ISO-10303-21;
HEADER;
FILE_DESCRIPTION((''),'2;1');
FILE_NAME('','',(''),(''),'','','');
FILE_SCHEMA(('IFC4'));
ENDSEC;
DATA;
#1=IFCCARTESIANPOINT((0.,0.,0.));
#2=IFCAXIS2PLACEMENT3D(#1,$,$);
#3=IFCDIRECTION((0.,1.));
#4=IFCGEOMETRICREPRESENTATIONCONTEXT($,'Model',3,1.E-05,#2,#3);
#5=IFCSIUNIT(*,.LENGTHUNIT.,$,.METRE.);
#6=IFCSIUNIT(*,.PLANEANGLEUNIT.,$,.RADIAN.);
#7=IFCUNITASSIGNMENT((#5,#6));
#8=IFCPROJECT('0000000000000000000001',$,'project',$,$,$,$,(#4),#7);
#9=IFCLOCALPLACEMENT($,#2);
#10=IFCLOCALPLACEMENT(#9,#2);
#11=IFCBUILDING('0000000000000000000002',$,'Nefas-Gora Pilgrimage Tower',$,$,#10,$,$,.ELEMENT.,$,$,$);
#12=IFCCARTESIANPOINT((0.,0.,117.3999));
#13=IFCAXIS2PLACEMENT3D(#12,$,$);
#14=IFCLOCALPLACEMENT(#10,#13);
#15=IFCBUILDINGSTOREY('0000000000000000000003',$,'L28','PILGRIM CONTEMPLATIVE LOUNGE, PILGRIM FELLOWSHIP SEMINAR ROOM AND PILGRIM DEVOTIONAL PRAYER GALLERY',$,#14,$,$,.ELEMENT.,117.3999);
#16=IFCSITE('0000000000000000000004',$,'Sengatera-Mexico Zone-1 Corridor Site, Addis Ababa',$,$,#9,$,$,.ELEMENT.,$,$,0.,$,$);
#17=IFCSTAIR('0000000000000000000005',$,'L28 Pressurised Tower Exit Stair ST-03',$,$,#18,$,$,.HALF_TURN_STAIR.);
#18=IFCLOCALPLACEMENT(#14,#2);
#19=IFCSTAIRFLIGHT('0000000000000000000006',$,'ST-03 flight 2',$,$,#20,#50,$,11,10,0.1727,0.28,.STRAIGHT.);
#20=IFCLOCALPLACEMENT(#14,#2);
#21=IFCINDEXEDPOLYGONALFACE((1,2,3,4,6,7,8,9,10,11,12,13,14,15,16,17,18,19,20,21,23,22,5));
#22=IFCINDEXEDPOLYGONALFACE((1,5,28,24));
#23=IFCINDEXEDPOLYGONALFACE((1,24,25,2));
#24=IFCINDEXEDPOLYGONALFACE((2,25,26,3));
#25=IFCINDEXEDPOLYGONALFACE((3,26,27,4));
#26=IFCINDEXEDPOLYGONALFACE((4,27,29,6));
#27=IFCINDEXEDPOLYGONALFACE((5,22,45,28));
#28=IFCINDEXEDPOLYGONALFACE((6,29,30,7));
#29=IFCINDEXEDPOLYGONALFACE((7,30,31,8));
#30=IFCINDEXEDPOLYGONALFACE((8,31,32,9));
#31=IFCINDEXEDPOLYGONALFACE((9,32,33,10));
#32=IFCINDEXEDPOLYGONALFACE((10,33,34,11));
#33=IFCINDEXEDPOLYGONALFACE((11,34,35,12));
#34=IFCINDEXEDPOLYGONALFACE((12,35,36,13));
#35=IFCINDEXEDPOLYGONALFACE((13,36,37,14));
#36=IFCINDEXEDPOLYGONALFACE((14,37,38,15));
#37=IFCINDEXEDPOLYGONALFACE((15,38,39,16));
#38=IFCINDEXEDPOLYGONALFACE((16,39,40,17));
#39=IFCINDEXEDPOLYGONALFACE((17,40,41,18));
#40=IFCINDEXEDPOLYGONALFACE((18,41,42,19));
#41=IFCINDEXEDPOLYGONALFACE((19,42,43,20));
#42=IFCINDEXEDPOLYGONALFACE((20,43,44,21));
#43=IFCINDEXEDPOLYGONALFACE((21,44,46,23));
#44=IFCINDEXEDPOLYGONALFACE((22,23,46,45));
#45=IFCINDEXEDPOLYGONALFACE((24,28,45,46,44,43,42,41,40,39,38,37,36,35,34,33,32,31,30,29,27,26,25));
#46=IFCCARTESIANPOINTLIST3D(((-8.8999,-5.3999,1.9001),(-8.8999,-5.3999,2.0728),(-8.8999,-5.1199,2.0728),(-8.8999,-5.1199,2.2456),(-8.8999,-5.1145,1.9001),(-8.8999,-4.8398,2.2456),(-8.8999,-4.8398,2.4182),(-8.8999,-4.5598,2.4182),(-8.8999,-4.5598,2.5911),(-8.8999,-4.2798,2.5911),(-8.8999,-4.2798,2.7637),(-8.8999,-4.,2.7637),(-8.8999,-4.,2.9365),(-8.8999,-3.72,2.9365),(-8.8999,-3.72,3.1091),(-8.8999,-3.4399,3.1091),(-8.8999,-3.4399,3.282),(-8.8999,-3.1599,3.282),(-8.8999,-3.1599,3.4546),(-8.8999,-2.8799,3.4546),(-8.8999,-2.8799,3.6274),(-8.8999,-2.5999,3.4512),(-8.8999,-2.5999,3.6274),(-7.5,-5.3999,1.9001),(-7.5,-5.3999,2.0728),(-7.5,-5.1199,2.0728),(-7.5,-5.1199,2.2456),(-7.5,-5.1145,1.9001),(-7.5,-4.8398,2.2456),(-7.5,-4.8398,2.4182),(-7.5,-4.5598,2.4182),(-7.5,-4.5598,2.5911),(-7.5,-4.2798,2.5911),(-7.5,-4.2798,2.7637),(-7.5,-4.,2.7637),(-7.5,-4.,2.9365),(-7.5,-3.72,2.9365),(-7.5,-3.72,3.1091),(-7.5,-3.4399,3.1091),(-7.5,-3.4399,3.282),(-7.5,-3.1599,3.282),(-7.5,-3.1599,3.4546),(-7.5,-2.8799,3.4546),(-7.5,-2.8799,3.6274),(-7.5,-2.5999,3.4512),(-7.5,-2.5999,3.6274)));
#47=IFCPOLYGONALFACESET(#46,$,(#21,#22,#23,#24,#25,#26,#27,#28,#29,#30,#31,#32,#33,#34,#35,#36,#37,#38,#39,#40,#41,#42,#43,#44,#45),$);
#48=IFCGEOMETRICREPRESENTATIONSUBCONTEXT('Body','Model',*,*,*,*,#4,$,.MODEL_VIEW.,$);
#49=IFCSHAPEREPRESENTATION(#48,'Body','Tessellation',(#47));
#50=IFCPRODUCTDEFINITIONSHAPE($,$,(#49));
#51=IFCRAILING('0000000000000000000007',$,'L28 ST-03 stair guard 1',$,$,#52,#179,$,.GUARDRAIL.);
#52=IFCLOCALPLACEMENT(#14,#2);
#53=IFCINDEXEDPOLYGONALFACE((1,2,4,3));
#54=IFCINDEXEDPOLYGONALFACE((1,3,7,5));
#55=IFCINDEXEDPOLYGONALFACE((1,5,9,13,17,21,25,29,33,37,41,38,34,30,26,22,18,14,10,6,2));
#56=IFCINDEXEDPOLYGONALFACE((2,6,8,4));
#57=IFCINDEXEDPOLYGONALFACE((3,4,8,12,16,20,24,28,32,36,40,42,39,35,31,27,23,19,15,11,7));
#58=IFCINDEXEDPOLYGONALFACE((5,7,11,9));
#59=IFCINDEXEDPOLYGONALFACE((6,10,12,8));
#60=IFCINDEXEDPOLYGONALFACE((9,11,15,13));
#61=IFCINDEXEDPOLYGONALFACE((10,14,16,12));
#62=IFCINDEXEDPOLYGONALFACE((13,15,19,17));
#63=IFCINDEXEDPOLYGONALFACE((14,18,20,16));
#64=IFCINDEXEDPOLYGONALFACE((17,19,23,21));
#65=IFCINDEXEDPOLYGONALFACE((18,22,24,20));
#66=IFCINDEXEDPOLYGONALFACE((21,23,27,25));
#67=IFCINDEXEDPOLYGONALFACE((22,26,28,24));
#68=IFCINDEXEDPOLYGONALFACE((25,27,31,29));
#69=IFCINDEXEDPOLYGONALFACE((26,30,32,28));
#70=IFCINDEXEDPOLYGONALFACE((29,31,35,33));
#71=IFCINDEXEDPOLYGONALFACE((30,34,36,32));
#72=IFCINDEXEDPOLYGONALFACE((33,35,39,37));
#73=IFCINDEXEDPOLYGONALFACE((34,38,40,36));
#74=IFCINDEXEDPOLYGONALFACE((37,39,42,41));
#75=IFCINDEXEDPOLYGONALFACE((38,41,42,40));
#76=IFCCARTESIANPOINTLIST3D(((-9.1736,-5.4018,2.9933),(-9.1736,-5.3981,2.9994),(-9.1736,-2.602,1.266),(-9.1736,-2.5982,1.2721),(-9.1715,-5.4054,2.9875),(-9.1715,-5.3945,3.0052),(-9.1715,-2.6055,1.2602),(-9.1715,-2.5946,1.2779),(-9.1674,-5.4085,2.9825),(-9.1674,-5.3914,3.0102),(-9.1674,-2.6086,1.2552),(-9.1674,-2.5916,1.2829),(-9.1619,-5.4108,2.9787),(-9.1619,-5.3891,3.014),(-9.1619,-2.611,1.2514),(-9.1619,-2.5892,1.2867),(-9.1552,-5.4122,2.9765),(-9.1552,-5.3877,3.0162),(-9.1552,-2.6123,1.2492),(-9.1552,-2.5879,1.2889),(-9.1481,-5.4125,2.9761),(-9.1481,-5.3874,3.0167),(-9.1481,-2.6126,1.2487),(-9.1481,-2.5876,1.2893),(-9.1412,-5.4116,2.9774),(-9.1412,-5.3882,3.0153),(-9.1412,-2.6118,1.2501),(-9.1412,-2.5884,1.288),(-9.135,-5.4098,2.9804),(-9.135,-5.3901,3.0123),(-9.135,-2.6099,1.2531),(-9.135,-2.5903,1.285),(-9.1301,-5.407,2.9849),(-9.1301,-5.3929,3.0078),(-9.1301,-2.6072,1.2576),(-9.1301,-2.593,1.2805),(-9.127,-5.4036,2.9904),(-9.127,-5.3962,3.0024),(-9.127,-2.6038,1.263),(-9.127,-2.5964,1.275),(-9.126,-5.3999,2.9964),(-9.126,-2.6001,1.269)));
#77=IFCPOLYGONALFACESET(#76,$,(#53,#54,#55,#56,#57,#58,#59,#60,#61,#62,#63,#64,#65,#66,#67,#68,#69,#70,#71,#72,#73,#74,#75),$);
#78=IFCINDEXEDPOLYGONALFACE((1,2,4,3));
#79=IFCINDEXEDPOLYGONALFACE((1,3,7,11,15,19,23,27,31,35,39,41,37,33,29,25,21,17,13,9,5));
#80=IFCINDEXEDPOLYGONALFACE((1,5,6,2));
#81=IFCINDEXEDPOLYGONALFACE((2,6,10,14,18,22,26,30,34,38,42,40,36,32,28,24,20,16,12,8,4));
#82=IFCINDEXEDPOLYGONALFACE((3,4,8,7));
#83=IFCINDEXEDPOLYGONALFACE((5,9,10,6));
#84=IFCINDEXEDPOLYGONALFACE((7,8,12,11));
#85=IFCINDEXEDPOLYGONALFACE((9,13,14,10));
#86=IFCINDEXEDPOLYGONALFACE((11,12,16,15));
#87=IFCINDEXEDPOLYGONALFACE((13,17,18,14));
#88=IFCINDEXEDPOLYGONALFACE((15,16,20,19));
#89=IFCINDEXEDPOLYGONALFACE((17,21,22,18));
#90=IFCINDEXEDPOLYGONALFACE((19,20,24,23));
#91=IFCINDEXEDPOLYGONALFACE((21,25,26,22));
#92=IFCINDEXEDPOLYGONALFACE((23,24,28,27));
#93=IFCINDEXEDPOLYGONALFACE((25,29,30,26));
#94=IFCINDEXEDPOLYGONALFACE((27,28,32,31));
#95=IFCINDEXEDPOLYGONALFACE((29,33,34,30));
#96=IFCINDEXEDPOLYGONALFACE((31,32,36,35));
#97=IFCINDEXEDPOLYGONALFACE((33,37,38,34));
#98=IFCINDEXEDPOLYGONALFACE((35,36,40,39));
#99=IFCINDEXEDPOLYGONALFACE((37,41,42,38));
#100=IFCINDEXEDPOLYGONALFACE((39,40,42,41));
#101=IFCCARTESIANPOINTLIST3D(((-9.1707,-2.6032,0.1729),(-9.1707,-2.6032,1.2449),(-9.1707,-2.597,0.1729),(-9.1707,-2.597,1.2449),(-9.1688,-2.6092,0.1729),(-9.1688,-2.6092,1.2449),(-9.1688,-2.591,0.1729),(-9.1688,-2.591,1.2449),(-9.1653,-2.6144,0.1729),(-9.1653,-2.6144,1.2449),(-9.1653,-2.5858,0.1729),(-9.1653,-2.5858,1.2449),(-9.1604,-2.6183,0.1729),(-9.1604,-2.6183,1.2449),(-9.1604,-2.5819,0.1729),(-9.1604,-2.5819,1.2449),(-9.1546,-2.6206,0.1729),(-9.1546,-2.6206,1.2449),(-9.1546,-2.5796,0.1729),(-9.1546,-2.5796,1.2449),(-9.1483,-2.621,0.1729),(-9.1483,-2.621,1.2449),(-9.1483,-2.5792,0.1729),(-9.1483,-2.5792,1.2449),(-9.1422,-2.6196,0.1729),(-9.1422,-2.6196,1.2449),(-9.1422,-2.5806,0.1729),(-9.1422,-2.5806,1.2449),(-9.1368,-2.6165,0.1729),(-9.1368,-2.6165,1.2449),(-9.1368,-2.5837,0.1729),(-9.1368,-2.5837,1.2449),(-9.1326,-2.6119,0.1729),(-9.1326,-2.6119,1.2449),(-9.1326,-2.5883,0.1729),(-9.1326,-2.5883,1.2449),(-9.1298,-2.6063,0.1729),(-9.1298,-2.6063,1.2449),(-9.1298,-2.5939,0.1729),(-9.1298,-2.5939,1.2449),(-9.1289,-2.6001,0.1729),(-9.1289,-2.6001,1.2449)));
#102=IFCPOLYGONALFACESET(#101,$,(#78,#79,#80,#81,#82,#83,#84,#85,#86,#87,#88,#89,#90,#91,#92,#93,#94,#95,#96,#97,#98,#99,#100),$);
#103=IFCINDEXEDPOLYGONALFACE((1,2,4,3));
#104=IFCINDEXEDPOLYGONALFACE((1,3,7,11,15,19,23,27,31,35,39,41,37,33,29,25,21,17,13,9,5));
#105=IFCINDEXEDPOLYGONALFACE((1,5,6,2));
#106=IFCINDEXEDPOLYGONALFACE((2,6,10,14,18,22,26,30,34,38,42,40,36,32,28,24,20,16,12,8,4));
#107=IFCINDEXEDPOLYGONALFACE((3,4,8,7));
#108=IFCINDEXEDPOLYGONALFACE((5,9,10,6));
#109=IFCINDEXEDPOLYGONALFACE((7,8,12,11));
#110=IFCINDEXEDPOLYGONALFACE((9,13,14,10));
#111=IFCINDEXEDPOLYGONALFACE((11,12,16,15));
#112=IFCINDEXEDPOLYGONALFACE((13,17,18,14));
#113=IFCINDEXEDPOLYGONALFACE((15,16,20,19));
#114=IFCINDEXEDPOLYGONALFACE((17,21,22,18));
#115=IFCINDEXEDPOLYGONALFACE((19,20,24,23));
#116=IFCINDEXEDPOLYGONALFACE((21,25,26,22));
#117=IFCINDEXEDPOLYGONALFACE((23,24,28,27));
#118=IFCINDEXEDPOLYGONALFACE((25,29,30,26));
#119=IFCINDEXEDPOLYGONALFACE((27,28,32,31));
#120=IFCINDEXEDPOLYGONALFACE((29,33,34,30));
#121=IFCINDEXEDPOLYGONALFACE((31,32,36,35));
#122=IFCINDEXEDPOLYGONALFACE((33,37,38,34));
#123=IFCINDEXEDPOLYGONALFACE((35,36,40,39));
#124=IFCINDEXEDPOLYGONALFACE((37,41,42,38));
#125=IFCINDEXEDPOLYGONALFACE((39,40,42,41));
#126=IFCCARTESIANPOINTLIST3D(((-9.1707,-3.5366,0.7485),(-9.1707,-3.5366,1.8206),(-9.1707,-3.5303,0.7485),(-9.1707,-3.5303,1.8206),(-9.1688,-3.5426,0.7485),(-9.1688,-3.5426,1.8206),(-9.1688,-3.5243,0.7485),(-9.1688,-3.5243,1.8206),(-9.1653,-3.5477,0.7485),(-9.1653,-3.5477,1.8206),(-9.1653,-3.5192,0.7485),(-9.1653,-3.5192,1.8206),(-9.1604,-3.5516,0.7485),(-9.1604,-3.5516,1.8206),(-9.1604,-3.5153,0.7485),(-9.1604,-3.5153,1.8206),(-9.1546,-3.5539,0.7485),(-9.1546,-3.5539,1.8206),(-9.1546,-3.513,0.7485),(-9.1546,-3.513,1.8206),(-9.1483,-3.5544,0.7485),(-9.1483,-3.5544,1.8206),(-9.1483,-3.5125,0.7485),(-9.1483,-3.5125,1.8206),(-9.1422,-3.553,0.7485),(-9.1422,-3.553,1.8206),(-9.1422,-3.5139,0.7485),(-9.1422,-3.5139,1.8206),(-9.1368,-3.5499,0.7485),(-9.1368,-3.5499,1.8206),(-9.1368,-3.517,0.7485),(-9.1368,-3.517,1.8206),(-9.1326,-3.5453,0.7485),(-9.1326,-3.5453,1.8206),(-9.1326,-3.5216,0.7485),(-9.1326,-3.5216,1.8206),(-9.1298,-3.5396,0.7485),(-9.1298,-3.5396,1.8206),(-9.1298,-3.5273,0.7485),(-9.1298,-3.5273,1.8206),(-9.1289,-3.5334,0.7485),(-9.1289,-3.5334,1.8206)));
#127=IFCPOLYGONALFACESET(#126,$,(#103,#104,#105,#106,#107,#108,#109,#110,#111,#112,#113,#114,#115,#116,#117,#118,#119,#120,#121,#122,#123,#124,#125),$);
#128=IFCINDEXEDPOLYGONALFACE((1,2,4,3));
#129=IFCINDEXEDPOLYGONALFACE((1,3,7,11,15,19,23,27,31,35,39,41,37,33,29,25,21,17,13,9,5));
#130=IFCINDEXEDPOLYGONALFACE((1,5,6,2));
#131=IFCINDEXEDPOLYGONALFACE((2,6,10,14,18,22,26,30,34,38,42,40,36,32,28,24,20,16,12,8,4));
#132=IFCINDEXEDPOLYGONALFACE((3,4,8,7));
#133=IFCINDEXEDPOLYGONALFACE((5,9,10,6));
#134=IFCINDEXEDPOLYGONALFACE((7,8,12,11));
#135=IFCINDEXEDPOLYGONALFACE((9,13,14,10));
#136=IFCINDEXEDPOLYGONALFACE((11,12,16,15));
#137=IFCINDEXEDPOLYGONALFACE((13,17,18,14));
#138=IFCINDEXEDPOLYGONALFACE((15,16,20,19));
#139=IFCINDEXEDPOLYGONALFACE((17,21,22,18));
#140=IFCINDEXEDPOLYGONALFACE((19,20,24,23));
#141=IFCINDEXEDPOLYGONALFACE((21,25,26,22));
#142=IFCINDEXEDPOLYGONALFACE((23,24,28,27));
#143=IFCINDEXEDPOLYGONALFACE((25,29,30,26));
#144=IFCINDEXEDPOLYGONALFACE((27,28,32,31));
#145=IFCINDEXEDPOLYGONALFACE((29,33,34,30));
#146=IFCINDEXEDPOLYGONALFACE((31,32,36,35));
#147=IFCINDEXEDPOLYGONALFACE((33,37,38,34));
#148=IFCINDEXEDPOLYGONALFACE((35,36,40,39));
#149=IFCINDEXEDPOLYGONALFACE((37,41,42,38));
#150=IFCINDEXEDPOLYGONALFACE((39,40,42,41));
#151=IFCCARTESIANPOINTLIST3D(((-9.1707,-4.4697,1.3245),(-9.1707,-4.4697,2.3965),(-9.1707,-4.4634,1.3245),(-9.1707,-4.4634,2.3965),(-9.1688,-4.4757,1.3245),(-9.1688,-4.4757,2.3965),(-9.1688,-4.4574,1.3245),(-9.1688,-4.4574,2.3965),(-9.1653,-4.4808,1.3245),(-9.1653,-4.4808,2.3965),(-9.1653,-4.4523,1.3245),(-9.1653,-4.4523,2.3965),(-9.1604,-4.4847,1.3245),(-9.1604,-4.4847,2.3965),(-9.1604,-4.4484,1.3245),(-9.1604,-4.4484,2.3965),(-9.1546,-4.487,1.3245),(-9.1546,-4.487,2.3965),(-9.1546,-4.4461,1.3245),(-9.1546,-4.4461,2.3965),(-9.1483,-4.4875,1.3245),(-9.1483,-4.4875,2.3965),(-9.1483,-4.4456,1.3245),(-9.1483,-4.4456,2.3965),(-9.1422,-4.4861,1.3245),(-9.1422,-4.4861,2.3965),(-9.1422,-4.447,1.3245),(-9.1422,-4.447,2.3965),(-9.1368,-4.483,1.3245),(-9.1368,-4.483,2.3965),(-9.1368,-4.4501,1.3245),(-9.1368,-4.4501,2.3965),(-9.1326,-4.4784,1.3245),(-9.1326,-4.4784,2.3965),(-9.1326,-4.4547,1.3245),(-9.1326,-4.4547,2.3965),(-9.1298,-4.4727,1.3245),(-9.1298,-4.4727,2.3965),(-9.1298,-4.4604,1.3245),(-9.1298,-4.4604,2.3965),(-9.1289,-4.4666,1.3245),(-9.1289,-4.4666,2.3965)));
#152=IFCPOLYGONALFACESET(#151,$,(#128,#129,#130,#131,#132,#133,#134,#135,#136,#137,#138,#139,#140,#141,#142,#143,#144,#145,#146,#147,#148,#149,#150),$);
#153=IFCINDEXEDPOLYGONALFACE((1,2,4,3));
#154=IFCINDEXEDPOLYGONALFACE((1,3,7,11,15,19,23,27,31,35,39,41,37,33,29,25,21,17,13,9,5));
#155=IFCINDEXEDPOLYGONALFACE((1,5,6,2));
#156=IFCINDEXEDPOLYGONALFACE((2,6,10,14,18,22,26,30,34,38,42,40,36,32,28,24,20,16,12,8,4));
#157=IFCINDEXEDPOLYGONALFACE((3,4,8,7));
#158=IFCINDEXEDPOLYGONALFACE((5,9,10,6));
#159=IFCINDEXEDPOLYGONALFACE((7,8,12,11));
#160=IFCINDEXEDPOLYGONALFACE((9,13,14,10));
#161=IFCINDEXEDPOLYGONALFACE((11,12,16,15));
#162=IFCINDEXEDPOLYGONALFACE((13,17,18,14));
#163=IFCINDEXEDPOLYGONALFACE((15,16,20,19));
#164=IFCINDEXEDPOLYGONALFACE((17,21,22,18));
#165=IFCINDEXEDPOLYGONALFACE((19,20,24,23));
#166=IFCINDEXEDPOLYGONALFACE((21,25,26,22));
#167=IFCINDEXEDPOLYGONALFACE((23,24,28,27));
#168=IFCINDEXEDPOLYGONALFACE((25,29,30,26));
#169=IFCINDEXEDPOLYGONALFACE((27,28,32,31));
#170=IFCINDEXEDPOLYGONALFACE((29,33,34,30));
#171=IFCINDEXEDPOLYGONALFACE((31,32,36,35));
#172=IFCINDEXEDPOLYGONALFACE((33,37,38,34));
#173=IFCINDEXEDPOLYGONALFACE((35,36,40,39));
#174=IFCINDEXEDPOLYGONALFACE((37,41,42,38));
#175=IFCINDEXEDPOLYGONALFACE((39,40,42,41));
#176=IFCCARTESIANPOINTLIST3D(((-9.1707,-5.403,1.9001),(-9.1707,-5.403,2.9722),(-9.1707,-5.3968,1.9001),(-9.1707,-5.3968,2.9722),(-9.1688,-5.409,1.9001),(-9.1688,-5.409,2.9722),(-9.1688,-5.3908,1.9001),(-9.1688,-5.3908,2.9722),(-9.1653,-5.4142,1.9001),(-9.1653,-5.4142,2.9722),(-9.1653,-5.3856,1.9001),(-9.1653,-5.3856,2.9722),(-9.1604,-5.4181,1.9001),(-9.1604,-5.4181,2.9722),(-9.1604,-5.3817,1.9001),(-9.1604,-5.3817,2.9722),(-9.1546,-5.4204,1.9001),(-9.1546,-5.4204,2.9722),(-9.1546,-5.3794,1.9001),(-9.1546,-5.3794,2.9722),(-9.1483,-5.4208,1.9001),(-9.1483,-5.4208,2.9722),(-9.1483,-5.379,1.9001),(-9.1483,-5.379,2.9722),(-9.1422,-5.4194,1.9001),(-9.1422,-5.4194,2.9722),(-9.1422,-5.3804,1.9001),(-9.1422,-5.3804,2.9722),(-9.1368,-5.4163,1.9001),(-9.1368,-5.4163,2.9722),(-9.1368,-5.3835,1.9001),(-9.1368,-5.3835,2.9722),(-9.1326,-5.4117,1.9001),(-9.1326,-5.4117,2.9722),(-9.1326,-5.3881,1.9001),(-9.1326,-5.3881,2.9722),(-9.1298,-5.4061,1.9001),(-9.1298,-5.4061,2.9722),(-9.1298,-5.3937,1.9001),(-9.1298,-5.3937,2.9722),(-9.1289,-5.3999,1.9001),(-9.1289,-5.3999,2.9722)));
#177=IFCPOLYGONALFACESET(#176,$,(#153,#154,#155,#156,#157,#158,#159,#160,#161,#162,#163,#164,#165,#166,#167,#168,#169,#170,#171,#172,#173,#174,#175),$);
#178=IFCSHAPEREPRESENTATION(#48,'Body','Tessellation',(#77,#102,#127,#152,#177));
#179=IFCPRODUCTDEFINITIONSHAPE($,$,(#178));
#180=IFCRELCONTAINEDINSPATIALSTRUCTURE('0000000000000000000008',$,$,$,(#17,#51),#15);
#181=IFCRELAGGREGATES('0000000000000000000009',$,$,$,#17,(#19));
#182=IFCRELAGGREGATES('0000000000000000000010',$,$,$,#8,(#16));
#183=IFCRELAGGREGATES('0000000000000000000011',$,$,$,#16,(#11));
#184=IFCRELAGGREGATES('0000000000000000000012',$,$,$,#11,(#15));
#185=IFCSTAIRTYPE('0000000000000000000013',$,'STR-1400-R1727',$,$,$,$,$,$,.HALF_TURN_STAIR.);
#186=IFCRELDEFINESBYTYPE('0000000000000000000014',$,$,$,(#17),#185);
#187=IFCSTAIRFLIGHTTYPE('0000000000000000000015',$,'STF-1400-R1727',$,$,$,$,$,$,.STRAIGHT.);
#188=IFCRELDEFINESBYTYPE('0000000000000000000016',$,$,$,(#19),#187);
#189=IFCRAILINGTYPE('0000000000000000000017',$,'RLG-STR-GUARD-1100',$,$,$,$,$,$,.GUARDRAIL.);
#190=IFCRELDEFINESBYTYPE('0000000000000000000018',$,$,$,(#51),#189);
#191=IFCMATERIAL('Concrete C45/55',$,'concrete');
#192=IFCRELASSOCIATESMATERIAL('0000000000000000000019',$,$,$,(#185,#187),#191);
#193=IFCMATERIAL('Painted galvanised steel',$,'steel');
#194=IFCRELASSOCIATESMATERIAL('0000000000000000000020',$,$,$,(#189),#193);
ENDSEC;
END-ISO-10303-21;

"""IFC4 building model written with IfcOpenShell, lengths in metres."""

from ifc_helpers import new_model, si_unit, direction, frame, origin, origin_2d, place, context, subcontext, project, spatial, polyline, circle, outline, extrude, source, transform, mapped, material, type_object, element, aggregate, save


model = new_model("IFC4")

# Units and contexts
model_context = context("Model", 3, precision=1e-05, world=origin(), true_north=direction((0.0, 1.0)))
body_context = subcontext(model_context, "Body", "Model", "MODEL_VIEW")
ifc_project = project(units=[si_unit("LENGTHUNIT", "METRE"), si_unit("PLANEANGLEUNIT", "RADIAN")], contexts=[model_context])

# Site, building, storey
site_placement = place(None, origin())
site = spatial("IfcSite", under=ifc_project, at=site_placement, Name="Sengatera-Mexico Zone-1 Corridor Site, Addis Ababa", CompositionType="ELEMENT", RefElevation=0.0)
building_placement = place(site_placement, origin())
building = spatial("IfcBuilding", under=site, at=building_placement, Name="Nefas-Gora Pilgrimage Tower", CompositionType="ELEMENT")
storey_placement = place(building_placement, frame((0.0, 0.0, 117.3999)))
storey = spatial("IfcBuildingStorey", under=building, at=storey_placement, Name="L28", Description="PILGRIM CONTEMPLATIVE LOUNGE, PILGRIM FELLOWSHIP SEMINAR ROOM AND PILGRIM DEVOTIONAL PRAYER GALLERY", CompositionType="ELEMENT", Elevation=117.3999)

# Shared definitions
ifc_material_1 = material(Name="Concrete C45/55", Category="concrete")

# Stair, stair flight
stair_type = type_object("IfcStairType", Name="STR-1400-R1727", PredefinedType="HALF_TURN_STAIR", material=ifc_material_1)
stair_placement = place(storey_placement, origin())
stair = element("IfcStair", 1, at=stair_placement, inside=storey, type_object=stair_type, Name="L28 Pressurised Tower Exit Stair ST-03", PredefinedType="HALF_TURN_STAIR")
stair_flight_type = type_object("IfcStairFlightType", Name="STF-1400-R1727", PredefinedType="STRAIGHT", material=ifc_material_1)
shared_shape_1 = source(origin(), body_context, "Body", "SweptSolid", [
    extrude(outline(polyline([(0.0, 0.0), (0.0, 0.1726), (0.28, 0.1726), (0.28, 0.3455), (0.5601, 0.3455), (0.5601, 0.5181), (0.8401, 0.5181), (0.8401, 0.6909), (1.1201, 0.6909), (1.1201, 0.8635), (1.3999, 0.8635), (1.3999, 1.0364), (1.6799, 1.0364), (1.6799, 1.209), (1.96, 1.209), (1.96, 1.3818), (2.24, 1.3818), (2.24, 1.5544), (2.52, 1.5544), (2.52, 1.7273), (2.8, 1.7273), (2.8, 1.8999), (2.8, 1.551), (0.2854, 0.0), (0.0, 0.0)])), frame((0.0, 0.7, 0.0), z_axis=(0.0, -1.0, 0.0), x_axis=(1.0, 0.0, 0.0)), (0.0, 0.0, 1.0), 1.3999),
])
stair_flight_1_placement = place(storey_placement, frame((-8.2, -5.3999, 1.9001), z_axis=(0.0, 0.0, 1.0), x_axis=(0.0, 1.0, 0.0)))
stair_flight_1 = element("IfcStairFlight", 2, at=stair_flight_1_placement, type_object=stair_flight_type, Name="ST-03 flight 2", NumberOfRisers=11, NumberOfTreads=10, PredefinedType="STRAIGHT", RiserHeight=0.1727, TreadLength=0.28, context=body_context, shape_type="MappedRepresentation", body=[
    mapped(shared_shape_1, transform((0.0, 0.0, 0.0), x_axis=(1.0, 0.0, 0.0), y_axis=(0.0, 1.0, 0.0), z_axis=(0.0, 0.0, 1.0), scale=1.0)),
])
aggregate(stair, [stair_flight_1])

# Railing
ifc_material_2 = material(Name="Painted galvanised steel", Category="steel")
railing_type_1 = type_object("IfcRailingType", Name="RLG-STR-GUARD-1100", PredefinedType="GUARDRAIL", material=ifc_material_2)
railing_1_placement = place(storey_placement, frame((-9.1499, -2.6001, 0.1729)))
element("IfcRailing", 3, at=railing_1_placement, inside=storey, type_object=railing_type_1, Name="L28 ST-03 stair guard 1", PredefinedType="GUARDRAIL", context=body_context, shape_type="SweptSolid", body=[
    extrude(circle(Radius=0.0239, at=origin_2d()), frame((0.0, 0.0, 1.0962), z_axis=(0.0, -0.851069, 0.525054), x_axis=(1.0, 0.0, 0.0)), (0.0, 0.0, 1.0), 3.2898),
    extrude(circle(Radius=0.021, at=origin_2d()), origin(), (0.0, 0.0, 1.0), 1.072),
    extrude(circle(Radius=0.021, at=origin_2d()), frame((0.0, -0.9333, 0.5757)), (0.0, 0.0, 1.0), 1.072),
    extrude(circle(Radius=0.021, at=origin_2d()), frame((0.0, -1.8665, 1.1516)), (0.0, 0.0, 1.0), 1.072),
    extrude(circle(Radius=0.021, at=origin_2d()), frame((0.0, -2.7998, 1.7273)), (0.0, 0.0, 1.0), 1.072),
])

save(model, "model.ifc")
